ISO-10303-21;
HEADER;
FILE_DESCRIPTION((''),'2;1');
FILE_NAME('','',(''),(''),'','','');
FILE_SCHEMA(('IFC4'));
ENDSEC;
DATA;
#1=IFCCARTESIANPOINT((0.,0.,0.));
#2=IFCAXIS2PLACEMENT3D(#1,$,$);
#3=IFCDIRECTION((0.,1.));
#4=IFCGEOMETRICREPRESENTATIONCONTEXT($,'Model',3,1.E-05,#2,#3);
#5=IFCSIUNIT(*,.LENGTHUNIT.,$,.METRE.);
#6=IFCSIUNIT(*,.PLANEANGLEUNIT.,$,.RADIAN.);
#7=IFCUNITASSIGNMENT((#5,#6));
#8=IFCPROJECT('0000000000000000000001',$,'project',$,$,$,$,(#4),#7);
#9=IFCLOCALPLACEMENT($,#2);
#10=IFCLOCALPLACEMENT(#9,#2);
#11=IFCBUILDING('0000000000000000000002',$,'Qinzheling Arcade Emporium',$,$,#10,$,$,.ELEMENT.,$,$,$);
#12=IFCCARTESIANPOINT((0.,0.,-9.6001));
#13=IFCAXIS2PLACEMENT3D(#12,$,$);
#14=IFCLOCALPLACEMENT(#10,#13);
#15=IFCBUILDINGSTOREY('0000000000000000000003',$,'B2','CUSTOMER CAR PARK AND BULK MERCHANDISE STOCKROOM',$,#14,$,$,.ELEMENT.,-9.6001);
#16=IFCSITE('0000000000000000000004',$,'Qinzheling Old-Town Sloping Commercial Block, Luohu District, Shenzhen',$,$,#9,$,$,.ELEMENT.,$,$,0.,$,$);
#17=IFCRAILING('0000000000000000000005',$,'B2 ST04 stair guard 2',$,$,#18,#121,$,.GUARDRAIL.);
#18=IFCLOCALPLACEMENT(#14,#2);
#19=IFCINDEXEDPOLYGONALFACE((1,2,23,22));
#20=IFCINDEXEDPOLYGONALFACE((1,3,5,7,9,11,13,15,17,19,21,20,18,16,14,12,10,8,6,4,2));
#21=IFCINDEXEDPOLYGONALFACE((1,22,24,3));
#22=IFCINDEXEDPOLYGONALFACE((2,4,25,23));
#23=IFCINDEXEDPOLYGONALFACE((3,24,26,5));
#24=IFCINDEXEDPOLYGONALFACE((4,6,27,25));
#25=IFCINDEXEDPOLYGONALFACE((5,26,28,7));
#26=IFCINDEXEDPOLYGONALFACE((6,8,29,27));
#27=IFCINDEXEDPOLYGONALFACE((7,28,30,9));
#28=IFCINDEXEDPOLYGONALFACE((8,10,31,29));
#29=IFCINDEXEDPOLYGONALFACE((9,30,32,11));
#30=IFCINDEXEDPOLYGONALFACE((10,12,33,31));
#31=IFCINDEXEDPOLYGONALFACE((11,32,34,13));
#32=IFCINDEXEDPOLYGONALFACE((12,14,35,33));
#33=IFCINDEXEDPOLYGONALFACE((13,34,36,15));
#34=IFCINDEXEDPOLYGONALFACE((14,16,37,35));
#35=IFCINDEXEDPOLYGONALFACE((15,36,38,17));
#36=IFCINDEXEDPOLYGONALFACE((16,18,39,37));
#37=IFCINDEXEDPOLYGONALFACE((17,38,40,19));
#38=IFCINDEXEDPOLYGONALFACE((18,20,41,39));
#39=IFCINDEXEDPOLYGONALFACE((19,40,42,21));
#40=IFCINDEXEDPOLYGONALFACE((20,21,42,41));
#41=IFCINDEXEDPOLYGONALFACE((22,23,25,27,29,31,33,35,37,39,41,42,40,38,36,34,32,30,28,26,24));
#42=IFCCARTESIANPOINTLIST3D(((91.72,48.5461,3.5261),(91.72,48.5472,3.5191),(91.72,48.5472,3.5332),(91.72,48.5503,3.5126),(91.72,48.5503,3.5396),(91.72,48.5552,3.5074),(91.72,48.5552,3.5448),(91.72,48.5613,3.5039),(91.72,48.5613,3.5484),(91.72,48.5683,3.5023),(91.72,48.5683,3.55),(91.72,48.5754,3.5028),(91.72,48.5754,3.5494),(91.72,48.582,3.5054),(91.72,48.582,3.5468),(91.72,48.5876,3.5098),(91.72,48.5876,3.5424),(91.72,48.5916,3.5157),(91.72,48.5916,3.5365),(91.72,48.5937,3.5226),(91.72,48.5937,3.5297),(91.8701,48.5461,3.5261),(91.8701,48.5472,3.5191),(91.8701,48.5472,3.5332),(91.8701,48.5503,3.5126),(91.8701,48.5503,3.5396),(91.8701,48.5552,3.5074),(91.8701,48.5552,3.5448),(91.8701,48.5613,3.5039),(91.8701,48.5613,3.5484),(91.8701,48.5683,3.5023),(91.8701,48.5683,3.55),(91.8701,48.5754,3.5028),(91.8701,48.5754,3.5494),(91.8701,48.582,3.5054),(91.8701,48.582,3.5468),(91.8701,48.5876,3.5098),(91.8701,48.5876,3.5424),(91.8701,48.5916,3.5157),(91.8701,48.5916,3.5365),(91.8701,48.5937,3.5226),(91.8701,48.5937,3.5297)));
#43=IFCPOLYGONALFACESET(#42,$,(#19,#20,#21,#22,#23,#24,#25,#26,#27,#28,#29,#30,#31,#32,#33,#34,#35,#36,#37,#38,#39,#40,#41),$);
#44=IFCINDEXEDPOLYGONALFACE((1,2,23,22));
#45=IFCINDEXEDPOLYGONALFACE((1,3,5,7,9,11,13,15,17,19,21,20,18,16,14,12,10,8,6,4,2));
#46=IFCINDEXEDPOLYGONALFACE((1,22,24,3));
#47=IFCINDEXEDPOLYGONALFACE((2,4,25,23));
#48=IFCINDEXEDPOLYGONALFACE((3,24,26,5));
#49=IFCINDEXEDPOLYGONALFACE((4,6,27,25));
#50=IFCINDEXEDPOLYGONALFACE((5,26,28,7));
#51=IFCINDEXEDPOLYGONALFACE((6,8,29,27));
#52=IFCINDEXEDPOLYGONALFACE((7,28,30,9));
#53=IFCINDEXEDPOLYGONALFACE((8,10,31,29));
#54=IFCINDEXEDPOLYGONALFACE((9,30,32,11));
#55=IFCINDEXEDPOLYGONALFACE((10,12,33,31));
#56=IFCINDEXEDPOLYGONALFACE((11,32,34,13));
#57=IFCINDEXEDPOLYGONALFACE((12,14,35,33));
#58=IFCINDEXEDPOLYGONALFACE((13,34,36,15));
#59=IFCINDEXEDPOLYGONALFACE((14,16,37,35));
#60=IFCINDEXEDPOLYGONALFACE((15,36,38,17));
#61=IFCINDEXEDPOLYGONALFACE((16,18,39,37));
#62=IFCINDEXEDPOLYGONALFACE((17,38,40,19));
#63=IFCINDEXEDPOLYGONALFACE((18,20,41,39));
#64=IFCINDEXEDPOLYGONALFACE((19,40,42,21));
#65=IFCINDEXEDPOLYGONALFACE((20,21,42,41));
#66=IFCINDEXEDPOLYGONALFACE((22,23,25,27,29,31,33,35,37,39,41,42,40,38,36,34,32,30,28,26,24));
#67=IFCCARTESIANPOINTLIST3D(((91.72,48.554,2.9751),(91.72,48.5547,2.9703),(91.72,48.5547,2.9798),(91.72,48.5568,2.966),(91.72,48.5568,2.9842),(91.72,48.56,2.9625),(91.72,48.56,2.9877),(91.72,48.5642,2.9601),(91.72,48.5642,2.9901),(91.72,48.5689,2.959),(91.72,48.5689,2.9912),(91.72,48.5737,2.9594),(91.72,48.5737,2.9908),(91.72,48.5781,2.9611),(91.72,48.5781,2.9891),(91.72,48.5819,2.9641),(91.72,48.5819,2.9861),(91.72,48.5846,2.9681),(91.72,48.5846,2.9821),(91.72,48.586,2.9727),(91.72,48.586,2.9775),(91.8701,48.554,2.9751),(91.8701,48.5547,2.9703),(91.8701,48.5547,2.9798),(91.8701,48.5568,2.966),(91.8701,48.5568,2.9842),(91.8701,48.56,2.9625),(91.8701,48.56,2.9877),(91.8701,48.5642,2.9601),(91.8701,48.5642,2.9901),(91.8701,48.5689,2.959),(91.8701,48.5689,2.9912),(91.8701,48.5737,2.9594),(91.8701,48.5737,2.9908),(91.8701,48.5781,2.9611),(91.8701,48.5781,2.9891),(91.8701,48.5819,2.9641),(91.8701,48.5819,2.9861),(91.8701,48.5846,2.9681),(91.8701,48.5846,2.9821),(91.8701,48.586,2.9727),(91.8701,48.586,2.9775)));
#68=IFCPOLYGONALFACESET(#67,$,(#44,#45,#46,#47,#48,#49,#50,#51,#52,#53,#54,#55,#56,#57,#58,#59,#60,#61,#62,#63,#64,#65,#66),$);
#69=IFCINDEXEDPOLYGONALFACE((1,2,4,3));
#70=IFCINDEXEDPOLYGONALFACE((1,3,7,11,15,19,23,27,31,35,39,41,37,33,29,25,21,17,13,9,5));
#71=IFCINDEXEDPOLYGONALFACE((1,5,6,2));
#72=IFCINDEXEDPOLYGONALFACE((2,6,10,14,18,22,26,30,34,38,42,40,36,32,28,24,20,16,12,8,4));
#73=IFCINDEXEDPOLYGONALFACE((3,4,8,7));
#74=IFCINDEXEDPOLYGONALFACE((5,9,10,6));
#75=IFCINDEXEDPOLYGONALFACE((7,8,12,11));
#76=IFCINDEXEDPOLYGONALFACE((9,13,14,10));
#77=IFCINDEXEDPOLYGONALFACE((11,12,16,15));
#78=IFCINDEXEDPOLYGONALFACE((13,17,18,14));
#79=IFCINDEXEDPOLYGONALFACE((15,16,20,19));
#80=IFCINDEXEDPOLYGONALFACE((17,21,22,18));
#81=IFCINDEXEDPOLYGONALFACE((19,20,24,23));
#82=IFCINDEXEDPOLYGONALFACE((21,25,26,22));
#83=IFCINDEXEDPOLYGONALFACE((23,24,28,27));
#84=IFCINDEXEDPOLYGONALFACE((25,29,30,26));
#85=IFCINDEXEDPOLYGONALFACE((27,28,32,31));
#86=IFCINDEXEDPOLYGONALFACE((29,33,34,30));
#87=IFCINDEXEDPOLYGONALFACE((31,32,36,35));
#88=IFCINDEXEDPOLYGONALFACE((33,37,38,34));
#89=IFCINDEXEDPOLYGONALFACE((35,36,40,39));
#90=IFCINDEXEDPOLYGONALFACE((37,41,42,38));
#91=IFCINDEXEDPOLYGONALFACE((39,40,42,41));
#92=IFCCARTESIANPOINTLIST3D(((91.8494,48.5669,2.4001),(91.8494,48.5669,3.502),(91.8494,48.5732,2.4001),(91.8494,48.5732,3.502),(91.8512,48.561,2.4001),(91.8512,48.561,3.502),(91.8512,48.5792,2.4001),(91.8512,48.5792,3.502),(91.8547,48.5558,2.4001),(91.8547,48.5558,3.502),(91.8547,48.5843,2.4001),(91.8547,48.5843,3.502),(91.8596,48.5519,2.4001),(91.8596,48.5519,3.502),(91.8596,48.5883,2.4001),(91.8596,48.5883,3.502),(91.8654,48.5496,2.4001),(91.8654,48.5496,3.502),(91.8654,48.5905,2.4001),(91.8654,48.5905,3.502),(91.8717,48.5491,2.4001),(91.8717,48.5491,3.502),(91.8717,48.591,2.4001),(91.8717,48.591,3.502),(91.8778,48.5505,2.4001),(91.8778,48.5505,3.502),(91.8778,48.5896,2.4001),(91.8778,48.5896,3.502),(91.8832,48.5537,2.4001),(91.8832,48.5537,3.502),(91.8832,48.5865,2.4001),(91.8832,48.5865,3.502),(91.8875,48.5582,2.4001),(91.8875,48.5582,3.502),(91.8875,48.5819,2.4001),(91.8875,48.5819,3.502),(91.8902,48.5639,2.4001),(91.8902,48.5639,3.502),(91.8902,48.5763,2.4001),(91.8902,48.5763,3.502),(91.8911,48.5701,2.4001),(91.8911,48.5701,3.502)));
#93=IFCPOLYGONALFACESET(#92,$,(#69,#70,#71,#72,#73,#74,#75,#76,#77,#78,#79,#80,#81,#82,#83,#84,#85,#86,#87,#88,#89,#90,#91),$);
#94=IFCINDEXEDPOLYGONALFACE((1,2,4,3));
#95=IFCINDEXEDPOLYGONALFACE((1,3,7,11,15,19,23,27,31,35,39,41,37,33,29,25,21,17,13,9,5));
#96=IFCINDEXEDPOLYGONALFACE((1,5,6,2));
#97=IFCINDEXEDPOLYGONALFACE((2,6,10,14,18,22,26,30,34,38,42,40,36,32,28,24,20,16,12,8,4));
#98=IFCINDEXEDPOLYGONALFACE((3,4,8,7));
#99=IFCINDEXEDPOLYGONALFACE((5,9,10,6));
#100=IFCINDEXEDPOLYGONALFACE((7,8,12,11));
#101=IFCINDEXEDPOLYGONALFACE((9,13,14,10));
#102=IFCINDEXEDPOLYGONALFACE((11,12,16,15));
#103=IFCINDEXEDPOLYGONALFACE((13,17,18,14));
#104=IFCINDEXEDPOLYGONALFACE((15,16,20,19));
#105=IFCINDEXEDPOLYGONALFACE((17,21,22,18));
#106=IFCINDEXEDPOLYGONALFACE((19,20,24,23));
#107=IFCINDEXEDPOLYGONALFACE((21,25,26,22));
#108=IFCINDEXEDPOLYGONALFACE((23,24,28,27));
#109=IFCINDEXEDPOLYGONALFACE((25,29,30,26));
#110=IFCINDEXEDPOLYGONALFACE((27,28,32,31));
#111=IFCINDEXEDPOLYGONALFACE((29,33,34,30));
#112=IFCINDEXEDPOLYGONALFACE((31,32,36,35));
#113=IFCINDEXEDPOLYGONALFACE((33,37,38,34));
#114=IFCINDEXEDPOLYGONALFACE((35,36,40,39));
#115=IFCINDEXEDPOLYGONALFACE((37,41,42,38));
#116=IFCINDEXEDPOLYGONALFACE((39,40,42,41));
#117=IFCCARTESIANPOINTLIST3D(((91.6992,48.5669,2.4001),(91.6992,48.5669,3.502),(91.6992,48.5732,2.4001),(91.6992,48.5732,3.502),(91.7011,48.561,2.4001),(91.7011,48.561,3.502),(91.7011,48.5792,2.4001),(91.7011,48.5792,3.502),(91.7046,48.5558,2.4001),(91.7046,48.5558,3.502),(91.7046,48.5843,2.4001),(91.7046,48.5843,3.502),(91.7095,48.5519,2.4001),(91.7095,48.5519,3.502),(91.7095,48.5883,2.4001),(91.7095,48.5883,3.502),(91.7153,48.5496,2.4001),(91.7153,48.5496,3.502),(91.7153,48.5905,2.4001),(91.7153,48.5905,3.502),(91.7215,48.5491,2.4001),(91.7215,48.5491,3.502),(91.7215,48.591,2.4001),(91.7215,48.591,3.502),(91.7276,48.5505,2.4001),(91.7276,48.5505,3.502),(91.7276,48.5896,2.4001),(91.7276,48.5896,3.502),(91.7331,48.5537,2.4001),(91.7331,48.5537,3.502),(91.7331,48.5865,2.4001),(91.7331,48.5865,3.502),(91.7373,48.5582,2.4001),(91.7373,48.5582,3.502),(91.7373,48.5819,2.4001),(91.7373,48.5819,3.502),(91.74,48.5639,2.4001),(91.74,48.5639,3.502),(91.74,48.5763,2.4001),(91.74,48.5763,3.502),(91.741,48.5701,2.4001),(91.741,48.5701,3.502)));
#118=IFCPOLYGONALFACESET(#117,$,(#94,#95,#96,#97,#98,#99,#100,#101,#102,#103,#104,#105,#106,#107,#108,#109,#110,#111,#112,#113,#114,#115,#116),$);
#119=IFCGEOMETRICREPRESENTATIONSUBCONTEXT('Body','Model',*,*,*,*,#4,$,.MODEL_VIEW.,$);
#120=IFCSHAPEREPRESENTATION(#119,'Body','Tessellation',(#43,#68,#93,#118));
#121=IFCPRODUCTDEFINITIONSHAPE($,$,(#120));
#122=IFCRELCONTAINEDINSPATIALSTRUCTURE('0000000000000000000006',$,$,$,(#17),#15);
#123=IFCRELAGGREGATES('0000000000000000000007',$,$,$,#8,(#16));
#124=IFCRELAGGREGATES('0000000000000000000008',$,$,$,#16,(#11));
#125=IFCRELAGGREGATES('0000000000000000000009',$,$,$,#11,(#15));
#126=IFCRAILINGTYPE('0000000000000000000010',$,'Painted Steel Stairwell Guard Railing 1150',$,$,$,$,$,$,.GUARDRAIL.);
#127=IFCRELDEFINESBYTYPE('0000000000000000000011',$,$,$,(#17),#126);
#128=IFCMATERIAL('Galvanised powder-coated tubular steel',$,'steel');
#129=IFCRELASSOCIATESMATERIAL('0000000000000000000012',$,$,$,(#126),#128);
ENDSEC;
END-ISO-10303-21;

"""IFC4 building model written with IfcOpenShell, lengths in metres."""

from ifc_helpers import new_model, si_unit, direction, frame, origin, origin_2d, place, context, subcontext, project, spatial, circle, extrude, material, type_object, element, save


model = new_model("IFC4")

# Units and contexts
model_context = context("Model", 3, precision=1e-05, world=origin(), true_north=direction((0.0, 1.0)))
body_context = subcontext(model_context, "Body", "Model", "MODEL_VIEW")
ifc_project = project(units=[si_unit("LENGTHUNIT", "METRE"), si_unit("PLANEANGLEUNIT", "RADIAN")], contexts=[model_context])

# Site, building, storey
site_placement = place(None, origin())
site = spatial("IfcSite", under=ifc_project, at=site_placement, Name="Qinzheling Old-Town Sloping Commercial Block, Luohu District, Shenzhen", CompositionType="ELEMENT", RefElevation=0.0)
building_placement = place(site_placement, origin())
building = spatial("IfcBuilding", under=site, at=building_placement, Name="Qinzheling Arcade Emporium", CompositionType="ELEMENT")
storey_placement = place(building_placement, frame((0.0, 0.0, -9.6001)))
storey = spatial("IfcBuildingStorey", under=building, at=storey_placement, Name="B2", Description="CUSTOMER CAR PARK AND BULK MERCHANDISE STOCKROOM", CompositionType="ELEMENT", Elevation=-9.6001)

# Railing
ifc_material_1 = material(Name="Galvanised powder-coated tubular steel", Category="steel")
railing_type_1 = type_object("IfcRailingType", Name="Painted Steel Stairwell Guard Railing 1150", PredefinedType="GUARDRAIL", material=ifc_material_1)
railing_1_placement = place(storey_placement, frame((91.8701, 48.5701, 2.4001)))
element("IfcRailing", 1, at=railing_1_placement, inside=storey, type_object=railing_type_1, Name="B2 ST04 stair guard 2", PredefinedType="GUARDRAIL", context=body_context, shape_type="SweptSolid", body=[
    extrude(circle(Radius=0.0239, at=origin_2d()), frame((0.0, 0.0, 1.126), z_axis=(-1.0, 0.0, 0.0), x_axis=(0.0, -1.0, 0.0)), (0.0, 0.0, 1.0), 0.1501),
    extrude(circle(Radius=0.0161, at=origin_2d()), frame((0.0, 0.0, 0.575), z_axis=(-1.0, 0.0, 0.0), x_axis=(0.0, -1.0, 0.0)), (0.0, 0.0, 1.0), 0.1501),
    extrude(circle(Radius=0.021, at=origin_2d()), origin(), (0.0, 0.0, 1.0), 1.1018),
    extrude(circle(Radius=0.021, at=origin_2d()), frame((-0.1501, 0.0, 0.0)), (0.0, 0.0, 1.0), 1.1018),
])

save(model, "model.ifc")
